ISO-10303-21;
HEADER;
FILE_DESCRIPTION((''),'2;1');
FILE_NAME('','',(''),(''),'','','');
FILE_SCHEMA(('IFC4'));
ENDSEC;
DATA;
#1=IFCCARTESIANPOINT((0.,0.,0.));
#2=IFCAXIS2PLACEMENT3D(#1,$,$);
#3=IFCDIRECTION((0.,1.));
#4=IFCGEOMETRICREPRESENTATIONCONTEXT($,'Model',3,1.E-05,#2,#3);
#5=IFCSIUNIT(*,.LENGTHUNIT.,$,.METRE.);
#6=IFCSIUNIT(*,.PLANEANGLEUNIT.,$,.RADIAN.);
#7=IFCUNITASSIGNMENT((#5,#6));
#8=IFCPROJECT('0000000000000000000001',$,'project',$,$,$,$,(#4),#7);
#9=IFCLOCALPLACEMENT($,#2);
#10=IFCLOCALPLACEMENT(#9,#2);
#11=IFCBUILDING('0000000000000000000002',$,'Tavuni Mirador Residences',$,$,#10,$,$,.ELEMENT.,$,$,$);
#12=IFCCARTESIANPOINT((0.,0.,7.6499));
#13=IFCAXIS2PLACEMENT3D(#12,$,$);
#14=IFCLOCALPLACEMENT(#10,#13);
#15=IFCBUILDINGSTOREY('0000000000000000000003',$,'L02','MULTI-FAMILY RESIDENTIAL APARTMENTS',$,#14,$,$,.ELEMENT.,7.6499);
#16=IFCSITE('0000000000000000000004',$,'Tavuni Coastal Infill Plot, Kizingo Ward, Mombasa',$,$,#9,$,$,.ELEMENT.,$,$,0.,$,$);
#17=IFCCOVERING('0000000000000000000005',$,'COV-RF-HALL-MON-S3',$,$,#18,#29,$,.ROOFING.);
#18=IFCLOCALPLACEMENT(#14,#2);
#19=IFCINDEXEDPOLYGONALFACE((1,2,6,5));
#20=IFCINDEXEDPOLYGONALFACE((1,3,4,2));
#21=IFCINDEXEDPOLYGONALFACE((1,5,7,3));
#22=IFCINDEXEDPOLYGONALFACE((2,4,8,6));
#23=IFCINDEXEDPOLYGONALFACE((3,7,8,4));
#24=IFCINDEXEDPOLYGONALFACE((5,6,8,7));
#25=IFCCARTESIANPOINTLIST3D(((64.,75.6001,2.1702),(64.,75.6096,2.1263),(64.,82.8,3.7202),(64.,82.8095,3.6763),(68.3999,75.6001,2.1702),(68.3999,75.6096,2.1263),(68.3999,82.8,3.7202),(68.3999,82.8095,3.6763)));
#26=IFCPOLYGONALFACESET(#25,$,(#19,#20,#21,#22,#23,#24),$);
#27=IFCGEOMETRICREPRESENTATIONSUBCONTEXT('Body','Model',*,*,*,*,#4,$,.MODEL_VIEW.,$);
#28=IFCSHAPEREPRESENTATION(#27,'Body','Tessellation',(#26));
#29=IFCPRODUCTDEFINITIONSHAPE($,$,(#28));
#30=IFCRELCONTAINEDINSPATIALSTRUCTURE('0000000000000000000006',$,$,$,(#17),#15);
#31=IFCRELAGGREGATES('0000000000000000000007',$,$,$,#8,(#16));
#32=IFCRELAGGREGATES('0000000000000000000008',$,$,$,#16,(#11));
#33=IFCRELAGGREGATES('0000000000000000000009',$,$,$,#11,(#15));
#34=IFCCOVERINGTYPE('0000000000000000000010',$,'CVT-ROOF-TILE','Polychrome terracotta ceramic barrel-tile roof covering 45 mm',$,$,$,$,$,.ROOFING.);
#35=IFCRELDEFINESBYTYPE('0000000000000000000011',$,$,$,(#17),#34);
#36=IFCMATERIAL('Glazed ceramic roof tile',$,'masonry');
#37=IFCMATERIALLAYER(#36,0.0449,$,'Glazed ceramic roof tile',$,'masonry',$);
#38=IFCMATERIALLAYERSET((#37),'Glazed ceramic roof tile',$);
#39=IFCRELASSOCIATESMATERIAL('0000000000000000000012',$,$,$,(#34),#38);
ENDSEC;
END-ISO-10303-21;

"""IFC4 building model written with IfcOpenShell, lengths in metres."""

from ifc_helpers import new_model, si_unit, direction, frame, origin, place, context, subcontext, project, spatial, polyline, outline, extrude, material, layer, layer_set, type_object, element, save


model = new_model("IFC4")

# Units and contexts
model_context = context("Model", 3, precision=1e-05, world=origin(), true_north=direction((0.0, 1.0)))
body_context = subcontext(model_context, "Body", "Model", "MODEL_VIEW")
ifc_project = project(units=[si_unit("LENGTHUNIT", "METRE"), si_unit("PLANEANGLEUNIT", "RADIAN")], contexts=[model_context])

# Site, building, storey
site_placement = place(None, origin())
site = spatial("IfcSite", under=ifc_project, at=site_placement, Name="Tavuni Coastal Infill Plot, Kizingo Ward, Mombasa", CompositionType="ELEMENT", RefElevation=0.0)
building_placement = place(site_placement, origin())
building = spatial("IfcBuilding", under=site, at=building_placement, Name="Tavuni Mirador Residences", CompositionType="ELEMENT")
storey_placement = place(building_placement, frame((0.0, 0.0, 7.6499)))
storey = spatial("IfcBuildingStorey", under=building, at=storey_placement, Name="L02", Description="MULTI-FAMILY RESIDENTIAL APARTMENTS", CompositionType="ELEMENT", Elevation=7.6499)

# Covering
ifc_material_1 = material(Name="Glazed ceramic roof tile", Category="masonry")
ifc_layer_1 = layer(ifc_material_1, 0.0449, Name="Glazed ceramic roof tile", Category="masonry")
ifc_layer_set_1 = layer_set([ifc_layer_1], Name="Glazed ceramic roof tile")
covering_type = type_object("IfcCoveringType", Name="CVT-ROOF-TILE", Description="Polychrome terracotta ceramic barrel-tile roof covering 45 mm", PredefinedType="ROOFING", material=ifc_layer_set_1)
covering_1_placement = place(storey_placement, frame((64.0, 75.6001, 2.1702), z_axis=(0.0, -0.210464, 0.977602), x_axis=(1.0, 0.0, 0.0)))
element("IfcCovering", 1, at=covering_1_placement, inside=storey, type_object=covering_type, Name="COV-RF-HALL-MON-S3", PredefinedType="ROOFING", context=body_context, shape_type="SweptSolid", body=[
    extrude(outline(polyline([(0.0, 0.0), (4.3999, 0.0), (4.3999, 7.3649), (0.0, 7.3649), (0.0, 0.0)])), origin(), (0.0, 0.0, -1.0), 0.0449),
])

save(model, "model.ifc")
